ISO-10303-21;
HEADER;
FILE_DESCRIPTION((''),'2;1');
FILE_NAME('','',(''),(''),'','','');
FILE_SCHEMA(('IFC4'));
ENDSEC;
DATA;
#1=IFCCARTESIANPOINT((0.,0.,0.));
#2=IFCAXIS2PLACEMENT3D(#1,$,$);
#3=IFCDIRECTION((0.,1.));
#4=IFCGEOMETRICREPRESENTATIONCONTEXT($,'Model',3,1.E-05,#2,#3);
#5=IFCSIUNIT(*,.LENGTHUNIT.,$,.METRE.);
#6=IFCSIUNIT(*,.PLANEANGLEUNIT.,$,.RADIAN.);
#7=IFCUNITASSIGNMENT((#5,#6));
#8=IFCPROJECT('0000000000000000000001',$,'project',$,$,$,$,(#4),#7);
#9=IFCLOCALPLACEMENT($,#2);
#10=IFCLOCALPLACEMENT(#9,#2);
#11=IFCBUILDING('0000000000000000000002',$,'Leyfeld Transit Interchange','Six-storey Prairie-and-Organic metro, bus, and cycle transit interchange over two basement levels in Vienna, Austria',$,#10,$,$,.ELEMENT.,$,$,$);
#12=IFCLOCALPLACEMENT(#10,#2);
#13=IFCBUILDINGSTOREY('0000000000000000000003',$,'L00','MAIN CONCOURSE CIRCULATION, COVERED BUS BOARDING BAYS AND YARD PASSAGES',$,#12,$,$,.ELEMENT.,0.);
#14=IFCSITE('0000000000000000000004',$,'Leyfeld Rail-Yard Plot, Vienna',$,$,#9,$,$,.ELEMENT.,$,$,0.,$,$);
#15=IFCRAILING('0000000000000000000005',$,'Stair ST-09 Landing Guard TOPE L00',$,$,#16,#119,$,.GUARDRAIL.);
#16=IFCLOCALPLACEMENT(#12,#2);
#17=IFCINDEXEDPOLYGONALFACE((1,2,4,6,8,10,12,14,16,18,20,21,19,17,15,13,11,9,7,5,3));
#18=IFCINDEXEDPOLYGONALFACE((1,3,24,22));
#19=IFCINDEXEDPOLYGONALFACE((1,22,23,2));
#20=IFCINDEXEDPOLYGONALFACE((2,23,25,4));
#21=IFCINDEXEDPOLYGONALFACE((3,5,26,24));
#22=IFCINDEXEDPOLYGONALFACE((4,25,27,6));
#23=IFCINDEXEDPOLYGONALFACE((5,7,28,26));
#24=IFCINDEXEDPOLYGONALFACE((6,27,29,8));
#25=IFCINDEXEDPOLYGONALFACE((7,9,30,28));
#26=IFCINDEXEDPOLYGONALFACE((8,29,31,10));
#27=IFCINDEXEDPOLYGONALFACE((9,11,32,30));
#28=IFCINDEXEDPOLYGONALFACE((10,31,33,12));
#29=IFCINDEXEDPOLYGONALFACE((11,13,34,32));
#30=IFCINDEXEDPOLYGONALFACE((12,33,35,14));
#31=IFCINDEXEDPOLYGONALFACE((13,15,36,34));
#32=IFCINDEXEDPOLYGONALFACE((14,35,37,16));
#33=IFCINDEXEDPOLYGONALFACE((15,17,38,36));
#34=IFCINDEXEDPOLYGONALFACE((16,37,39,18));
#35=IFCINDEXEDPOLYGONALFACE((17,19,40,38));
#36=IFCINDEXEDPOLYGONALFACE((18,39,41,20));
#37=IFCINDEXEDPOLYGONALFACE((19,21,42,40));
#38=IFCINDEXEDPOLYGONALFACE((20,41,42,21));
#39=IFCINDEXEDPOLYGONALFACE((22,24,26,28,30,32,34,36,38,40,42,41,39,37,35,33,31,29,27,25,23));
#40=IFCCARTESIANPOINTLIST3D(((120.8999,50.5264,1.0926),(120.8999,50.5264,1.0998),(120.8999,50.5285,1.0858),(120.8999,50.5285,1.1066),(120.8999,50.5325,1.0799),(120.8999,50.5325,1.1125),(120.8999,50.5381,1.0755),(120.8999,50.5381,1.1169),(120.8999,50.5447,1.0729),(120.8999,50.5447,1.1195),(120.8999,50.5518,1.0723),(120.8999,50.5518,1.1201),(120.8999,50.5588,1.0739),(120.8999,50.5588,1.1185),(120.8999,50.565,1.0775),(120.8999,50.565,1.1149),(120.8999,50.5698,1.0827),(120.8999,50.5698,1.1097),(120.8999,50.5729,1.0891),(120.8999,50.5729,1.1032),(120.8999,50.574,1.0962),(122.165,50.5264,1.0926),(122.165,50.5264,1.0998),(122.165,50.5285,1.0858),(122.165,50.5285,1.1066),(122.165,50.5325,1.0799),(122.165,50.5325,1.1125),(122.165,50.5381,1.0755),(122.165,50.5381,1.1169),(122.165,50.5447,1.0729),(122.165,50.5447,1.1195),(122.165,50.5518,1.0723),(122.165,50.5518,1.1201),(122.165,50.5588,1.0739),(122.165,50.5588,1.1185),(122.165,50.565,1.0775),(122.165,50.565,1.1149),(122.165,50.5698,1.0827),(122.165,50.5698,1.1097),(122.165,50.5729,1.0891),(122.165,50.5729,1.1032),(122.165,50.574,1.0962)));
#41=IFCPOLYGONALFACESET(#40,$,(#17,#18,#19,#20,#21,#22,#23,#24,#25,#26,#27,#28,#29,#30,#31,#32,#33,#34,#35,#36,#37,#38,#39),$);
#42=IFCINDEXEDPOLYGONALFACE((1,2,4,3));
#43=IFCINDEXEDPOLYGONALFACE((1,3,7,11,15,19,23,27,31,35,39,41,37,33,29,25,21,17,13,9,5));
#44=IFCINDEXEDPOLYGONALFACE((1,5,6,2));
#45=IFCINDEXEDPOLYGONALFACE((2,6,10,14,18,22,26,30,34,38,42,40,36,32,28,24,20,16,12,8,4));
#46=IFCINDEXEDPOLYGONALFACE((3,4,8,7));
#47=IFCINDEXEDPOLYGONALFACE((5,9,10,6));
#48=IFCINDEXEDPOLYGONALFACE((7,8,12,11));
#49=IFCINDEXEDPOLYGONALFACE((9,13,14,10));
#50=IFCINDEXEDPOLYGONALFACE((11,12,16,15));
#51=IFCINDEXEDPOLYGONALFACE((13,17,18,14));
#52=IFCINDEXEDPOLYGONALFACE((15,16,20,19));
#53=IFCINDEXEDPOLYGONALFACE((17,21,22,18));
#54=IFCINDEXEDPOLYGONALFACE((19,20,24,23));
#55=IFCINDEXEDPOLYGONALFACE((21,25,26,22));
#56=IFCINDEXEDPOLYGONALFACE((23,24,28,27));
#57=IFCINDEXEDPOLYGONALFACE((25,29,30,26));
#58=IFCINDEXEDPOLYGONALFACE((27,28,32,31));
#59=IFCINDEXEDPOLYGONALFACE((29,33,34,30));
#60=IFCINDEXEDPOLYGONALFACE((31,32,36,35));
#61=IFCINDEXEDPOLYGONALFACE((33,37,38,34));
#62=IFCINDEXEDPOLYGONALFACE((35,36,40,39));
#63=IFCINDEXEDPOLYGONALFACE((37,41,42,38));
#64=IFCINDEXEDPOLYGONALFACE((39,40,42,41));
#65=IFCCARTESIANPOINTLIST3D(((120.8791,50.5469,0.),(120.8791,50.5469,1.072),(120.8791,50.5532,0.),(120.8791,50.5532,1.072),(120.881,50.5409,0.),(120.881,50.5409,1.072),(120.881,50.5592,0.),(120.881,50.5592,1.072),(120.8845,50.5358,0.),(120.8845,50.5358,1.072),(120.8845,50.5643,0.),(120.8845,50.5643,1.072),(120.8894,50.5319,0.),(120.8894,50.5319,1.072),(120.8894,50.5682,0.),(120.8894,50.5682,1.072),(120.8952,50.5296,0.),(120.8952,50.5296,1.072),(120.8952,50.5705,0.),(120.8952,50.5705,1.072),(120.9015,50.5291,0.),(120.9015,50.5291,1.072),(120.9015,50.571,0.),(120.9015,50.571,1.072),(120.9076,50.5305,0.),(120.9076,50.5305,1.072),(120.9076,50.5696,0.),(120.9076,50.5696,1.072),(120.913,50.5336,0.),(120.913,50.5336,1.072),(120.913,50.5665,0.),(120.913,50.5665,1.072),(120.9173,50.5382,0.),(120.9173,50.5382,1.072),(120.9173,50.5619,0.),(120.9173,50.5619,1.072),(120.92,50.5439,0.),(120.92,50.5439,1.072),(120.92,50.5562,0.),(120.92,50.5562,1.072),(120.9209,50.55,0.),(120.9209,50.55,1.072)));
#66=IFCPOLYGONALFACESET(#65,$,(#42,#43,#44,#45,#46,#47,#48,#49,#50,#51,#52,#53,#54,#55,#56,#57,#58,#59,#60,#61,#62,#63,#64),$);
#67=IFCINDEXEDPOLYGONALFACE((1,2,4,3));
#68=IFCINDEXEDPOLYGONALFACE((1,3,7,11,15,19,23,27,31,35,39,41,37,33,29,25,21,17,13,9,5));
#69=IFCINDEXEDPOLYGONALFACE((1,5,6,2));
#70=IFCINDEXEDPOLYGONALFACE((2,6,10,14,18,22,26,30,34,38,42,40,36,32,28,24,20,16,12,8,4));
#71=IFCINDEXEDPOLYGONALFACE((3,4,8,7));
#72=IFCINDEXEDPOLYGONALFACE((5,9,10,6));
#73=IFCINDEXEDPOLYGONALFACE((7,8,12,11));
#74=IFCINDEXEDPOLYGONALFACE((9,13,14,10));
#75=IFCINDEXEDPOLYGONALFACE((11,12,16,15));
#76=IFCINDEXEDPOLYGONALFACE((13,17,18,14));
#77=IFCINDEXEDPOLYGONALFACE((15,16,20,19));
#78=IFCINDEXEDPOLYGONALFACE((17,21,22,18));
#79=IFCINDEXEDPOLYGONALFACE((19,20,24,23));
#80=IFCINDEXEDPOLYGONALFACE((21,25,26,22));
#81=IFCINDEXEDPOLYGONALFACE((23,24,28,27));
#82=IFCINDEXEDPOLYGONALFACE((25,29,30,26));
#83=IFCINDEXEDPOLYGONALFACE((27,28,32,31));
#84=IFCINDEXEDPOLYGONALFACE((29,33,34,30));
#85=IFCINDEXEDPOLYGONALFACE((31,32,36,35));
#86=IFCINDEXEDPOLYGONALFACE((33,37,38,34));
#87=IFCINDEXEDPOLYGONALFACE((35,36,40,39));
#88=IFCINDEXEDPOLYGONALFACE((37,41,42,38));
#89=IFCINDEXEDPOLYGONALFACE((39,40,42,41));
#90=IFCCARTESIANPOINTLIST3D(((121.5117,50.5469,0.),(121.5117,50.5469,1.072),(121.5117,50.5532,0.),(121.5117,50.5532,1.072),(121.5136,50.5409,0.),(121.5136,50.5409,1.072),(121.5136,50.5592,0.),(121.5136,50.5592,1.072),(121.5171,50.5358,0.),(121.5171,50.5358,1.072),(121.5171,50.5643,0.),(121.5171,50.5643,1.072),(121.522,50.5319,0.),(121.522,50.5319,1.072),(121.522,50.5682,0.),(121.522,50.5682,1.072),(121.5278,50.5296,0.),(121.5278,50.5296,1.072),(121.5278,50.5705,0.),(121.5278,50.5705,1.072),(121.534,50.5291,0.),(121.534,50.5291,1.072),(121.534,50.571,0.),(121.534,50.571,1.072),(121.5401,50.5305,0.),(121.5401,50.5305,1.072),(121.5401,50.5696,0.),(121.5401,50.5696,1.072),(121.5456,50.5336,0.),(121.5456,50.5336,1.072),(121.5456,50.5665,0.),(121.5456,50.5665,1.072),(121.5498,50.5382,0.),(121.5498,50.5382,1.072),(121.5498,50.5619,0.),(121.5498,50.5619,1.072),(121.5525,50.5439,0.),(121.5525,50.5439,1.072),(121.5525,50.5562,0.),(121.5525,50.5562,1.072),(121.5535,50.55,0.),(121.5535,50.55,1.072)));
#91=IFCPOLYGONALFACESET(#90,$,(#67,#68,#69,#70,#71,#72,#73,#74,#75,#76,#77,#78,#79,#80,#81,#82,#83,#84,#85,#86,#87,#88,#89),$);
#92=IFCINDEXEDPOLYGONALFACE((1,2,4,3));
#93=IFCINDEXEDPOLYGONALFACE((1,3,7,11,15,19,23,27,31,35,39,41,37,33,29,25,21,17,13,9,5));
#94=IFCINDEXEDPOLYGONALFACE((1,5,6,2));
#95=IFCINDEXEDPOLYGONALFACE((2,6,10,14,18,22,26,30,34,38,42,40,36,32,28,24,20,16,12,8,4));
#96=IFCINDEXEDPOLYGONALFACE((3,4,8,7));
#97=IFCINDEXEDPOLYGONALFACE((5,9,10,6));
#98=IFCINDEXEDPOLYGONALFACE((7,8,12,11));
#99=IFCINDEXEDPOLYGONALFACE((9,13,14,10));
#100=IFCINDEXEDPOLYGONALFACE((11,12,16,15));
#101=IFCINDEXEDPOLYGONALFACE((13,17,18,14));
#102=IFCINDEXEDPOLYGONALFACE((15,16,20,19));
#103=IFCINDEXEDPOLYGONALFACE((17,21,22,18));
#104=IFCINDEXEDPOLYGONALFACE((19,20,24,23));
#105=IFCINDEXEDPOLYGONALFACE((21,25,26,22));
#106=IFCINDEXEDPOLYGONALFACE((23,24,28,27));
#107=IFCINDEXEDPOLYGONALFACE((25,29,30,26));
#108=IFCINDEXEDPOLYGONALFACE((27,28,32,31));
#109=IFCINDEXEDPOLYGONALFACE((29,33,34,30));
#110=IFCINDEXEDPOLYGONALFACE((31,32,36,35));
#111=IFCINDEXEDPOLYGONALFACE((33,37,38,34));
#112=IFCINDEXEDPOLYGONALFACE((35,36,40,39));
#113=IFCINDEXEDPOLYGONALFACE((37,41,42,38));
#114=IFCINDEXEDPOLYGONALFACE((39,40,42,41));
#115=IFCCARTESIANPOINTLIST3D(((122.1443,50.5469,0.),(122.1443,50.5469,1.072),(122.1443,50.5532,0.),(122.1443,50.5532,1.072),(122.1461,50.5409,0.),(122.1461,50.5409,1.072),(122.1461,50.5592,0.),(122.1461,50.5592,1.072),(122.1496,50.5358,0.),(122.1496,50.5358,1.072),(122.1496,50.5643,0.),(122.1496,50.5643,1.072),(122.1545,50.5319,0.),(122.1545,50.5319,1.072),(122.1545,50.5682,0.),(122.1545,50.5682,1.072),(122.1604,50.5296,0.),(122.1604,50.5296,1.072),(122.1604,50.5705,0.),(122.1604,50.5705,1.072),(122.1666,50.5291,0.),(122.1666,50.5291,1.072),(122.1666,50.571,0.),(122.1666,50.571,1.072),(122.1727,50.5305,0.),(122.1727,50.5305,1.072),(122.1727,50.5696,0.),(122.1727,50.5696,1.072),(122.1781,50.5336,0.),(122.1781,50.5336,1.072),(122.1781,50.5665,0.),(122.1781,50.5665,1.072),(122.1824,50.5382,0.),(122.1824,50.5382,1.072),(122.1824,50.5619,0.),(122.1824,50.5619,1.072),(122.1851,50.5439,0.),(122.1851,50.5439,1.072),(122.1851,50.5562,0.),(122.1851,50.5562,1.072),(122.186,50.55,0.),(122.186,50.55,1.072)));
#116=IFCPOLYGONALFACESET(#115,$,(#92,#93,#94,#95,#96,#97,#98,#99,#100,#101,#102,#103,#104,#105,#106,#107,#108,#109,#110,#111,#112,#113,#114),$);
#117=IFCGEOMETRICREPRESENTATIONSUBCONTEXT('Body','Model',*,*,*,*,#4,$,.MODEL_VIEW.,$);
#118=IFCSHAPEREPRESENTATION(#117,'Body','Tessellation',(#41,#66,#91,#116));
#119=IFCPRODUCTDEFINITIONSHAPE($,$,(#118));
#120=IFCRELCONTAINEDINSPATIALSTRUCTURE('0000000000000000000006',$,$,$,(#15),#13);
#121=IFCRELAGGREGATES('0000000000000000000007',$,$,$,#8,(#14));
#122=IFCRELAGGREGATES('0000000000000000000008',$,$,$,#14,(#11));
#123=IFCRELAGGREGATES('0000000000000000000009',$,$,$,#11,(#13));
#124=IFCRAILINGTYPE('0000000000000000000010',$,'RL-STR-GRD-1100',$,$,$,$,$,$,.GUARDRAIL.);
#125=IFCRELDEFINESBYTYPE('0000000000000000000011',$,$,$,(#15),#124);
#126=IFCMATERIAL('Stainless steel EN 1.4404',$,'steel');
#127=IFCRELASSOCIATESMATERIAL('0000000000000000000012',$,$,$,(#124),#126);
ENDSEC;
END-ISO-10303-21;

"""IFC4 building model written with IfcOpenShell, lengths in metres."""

from ifc_helpers import new_model, si_unit, direction, frame, origin, origin_2d, place, context, subcontext, project, spatial, circle, extrude, material, type_object, element, save


model = new_model("IFC4")

# Units and contexts
model_context = context("Model", 3, precision=1e-05, world=origin(), true_north=direction((0.0, 1.0)))
body_context = subcontext(model_context, "Body", "Model", "MODEL_VIEW")
ifc_project = project(units=[si_unit("LENGTHUNIT", "METRE"), si_unit("PLANEANGLEUNIT", "RADIAN")], contexts=[model_context])

# Site, building, storey
site_placement = place(None, origin())
site = spatial("IfcSite", under=ifc_project, at=site_placement, Name="Leyfeld Rail-Yard Plot, Vienna", CompositionType="ELEMENT", RefElevation=0.0)
building_placement = place(site_placement, origin())
building = spatial("IfcBuilding", under=site, at=building_placement, Name="Leyfeld Transit Interchange", Description="Six-storey Prairie-and-Organic metro, bus, and cycle transit interchange over two basement levels in Vienna, Austria", CompositionType="ELEMENT")
storey_placement = place(building_placement, origin())
storey = spatial("IfcBuildingStorey", under=building, at=storey_placement, Name="L00", Description="MAIN CONCOURSE CIRCULATION, COVERED BUS BOARDING BAYS AND YARD PASSAGES", CompositionType="ELEMENT", Elevation=0.0)

# Railing
ifc_material_1 = material(Name="Stainless steel EN 1.4404", Category="steel")
railing_type = type_object("IfcRailingType", Name="RL-STR-GRD-1100", PredefinedType="GUARDRAIL", material=ifc_material_1)
railing_1_placement = place(storey_placement, frame((120.8999, 50.55, 0.0)))
element("IfcRailing", 1, at=railing_1_placement, inside=storey, type_object=railing_type, Name="Stair ST-09 Landing Guard TOPE L00", PredefinedType="GUARDRAIL", context=body_context, shape_type="SweptSolid", body=[
    extrude(circle(Radius=0.0239, at=origin_2d()), frame((0.0, 0.0, 1.0962), z_axis=(1.0, 0.0, 0.0), x_axis=(0.0, 1.0, 0.0)), (0.0, 0.0, 1.0), 1.2651),
    extrude(circle(Radius=0.021, at=origin_2d()), origin(), (0.0, 0.0, 1.0), 1.072),
    extrude(circle(Radius=0.021, at=origin_2d()), frame((0.6326, 0.0, 0.0)), (0.0, 0.0, 1.0), 1.072),
    extrude(circle(Radius=0.021, at=origin_2d()), frame((1.2651, 0.0, 0.0)), (0.0, 0.0, 1.0), 1.072),
])

save(model, "model.ifc")
